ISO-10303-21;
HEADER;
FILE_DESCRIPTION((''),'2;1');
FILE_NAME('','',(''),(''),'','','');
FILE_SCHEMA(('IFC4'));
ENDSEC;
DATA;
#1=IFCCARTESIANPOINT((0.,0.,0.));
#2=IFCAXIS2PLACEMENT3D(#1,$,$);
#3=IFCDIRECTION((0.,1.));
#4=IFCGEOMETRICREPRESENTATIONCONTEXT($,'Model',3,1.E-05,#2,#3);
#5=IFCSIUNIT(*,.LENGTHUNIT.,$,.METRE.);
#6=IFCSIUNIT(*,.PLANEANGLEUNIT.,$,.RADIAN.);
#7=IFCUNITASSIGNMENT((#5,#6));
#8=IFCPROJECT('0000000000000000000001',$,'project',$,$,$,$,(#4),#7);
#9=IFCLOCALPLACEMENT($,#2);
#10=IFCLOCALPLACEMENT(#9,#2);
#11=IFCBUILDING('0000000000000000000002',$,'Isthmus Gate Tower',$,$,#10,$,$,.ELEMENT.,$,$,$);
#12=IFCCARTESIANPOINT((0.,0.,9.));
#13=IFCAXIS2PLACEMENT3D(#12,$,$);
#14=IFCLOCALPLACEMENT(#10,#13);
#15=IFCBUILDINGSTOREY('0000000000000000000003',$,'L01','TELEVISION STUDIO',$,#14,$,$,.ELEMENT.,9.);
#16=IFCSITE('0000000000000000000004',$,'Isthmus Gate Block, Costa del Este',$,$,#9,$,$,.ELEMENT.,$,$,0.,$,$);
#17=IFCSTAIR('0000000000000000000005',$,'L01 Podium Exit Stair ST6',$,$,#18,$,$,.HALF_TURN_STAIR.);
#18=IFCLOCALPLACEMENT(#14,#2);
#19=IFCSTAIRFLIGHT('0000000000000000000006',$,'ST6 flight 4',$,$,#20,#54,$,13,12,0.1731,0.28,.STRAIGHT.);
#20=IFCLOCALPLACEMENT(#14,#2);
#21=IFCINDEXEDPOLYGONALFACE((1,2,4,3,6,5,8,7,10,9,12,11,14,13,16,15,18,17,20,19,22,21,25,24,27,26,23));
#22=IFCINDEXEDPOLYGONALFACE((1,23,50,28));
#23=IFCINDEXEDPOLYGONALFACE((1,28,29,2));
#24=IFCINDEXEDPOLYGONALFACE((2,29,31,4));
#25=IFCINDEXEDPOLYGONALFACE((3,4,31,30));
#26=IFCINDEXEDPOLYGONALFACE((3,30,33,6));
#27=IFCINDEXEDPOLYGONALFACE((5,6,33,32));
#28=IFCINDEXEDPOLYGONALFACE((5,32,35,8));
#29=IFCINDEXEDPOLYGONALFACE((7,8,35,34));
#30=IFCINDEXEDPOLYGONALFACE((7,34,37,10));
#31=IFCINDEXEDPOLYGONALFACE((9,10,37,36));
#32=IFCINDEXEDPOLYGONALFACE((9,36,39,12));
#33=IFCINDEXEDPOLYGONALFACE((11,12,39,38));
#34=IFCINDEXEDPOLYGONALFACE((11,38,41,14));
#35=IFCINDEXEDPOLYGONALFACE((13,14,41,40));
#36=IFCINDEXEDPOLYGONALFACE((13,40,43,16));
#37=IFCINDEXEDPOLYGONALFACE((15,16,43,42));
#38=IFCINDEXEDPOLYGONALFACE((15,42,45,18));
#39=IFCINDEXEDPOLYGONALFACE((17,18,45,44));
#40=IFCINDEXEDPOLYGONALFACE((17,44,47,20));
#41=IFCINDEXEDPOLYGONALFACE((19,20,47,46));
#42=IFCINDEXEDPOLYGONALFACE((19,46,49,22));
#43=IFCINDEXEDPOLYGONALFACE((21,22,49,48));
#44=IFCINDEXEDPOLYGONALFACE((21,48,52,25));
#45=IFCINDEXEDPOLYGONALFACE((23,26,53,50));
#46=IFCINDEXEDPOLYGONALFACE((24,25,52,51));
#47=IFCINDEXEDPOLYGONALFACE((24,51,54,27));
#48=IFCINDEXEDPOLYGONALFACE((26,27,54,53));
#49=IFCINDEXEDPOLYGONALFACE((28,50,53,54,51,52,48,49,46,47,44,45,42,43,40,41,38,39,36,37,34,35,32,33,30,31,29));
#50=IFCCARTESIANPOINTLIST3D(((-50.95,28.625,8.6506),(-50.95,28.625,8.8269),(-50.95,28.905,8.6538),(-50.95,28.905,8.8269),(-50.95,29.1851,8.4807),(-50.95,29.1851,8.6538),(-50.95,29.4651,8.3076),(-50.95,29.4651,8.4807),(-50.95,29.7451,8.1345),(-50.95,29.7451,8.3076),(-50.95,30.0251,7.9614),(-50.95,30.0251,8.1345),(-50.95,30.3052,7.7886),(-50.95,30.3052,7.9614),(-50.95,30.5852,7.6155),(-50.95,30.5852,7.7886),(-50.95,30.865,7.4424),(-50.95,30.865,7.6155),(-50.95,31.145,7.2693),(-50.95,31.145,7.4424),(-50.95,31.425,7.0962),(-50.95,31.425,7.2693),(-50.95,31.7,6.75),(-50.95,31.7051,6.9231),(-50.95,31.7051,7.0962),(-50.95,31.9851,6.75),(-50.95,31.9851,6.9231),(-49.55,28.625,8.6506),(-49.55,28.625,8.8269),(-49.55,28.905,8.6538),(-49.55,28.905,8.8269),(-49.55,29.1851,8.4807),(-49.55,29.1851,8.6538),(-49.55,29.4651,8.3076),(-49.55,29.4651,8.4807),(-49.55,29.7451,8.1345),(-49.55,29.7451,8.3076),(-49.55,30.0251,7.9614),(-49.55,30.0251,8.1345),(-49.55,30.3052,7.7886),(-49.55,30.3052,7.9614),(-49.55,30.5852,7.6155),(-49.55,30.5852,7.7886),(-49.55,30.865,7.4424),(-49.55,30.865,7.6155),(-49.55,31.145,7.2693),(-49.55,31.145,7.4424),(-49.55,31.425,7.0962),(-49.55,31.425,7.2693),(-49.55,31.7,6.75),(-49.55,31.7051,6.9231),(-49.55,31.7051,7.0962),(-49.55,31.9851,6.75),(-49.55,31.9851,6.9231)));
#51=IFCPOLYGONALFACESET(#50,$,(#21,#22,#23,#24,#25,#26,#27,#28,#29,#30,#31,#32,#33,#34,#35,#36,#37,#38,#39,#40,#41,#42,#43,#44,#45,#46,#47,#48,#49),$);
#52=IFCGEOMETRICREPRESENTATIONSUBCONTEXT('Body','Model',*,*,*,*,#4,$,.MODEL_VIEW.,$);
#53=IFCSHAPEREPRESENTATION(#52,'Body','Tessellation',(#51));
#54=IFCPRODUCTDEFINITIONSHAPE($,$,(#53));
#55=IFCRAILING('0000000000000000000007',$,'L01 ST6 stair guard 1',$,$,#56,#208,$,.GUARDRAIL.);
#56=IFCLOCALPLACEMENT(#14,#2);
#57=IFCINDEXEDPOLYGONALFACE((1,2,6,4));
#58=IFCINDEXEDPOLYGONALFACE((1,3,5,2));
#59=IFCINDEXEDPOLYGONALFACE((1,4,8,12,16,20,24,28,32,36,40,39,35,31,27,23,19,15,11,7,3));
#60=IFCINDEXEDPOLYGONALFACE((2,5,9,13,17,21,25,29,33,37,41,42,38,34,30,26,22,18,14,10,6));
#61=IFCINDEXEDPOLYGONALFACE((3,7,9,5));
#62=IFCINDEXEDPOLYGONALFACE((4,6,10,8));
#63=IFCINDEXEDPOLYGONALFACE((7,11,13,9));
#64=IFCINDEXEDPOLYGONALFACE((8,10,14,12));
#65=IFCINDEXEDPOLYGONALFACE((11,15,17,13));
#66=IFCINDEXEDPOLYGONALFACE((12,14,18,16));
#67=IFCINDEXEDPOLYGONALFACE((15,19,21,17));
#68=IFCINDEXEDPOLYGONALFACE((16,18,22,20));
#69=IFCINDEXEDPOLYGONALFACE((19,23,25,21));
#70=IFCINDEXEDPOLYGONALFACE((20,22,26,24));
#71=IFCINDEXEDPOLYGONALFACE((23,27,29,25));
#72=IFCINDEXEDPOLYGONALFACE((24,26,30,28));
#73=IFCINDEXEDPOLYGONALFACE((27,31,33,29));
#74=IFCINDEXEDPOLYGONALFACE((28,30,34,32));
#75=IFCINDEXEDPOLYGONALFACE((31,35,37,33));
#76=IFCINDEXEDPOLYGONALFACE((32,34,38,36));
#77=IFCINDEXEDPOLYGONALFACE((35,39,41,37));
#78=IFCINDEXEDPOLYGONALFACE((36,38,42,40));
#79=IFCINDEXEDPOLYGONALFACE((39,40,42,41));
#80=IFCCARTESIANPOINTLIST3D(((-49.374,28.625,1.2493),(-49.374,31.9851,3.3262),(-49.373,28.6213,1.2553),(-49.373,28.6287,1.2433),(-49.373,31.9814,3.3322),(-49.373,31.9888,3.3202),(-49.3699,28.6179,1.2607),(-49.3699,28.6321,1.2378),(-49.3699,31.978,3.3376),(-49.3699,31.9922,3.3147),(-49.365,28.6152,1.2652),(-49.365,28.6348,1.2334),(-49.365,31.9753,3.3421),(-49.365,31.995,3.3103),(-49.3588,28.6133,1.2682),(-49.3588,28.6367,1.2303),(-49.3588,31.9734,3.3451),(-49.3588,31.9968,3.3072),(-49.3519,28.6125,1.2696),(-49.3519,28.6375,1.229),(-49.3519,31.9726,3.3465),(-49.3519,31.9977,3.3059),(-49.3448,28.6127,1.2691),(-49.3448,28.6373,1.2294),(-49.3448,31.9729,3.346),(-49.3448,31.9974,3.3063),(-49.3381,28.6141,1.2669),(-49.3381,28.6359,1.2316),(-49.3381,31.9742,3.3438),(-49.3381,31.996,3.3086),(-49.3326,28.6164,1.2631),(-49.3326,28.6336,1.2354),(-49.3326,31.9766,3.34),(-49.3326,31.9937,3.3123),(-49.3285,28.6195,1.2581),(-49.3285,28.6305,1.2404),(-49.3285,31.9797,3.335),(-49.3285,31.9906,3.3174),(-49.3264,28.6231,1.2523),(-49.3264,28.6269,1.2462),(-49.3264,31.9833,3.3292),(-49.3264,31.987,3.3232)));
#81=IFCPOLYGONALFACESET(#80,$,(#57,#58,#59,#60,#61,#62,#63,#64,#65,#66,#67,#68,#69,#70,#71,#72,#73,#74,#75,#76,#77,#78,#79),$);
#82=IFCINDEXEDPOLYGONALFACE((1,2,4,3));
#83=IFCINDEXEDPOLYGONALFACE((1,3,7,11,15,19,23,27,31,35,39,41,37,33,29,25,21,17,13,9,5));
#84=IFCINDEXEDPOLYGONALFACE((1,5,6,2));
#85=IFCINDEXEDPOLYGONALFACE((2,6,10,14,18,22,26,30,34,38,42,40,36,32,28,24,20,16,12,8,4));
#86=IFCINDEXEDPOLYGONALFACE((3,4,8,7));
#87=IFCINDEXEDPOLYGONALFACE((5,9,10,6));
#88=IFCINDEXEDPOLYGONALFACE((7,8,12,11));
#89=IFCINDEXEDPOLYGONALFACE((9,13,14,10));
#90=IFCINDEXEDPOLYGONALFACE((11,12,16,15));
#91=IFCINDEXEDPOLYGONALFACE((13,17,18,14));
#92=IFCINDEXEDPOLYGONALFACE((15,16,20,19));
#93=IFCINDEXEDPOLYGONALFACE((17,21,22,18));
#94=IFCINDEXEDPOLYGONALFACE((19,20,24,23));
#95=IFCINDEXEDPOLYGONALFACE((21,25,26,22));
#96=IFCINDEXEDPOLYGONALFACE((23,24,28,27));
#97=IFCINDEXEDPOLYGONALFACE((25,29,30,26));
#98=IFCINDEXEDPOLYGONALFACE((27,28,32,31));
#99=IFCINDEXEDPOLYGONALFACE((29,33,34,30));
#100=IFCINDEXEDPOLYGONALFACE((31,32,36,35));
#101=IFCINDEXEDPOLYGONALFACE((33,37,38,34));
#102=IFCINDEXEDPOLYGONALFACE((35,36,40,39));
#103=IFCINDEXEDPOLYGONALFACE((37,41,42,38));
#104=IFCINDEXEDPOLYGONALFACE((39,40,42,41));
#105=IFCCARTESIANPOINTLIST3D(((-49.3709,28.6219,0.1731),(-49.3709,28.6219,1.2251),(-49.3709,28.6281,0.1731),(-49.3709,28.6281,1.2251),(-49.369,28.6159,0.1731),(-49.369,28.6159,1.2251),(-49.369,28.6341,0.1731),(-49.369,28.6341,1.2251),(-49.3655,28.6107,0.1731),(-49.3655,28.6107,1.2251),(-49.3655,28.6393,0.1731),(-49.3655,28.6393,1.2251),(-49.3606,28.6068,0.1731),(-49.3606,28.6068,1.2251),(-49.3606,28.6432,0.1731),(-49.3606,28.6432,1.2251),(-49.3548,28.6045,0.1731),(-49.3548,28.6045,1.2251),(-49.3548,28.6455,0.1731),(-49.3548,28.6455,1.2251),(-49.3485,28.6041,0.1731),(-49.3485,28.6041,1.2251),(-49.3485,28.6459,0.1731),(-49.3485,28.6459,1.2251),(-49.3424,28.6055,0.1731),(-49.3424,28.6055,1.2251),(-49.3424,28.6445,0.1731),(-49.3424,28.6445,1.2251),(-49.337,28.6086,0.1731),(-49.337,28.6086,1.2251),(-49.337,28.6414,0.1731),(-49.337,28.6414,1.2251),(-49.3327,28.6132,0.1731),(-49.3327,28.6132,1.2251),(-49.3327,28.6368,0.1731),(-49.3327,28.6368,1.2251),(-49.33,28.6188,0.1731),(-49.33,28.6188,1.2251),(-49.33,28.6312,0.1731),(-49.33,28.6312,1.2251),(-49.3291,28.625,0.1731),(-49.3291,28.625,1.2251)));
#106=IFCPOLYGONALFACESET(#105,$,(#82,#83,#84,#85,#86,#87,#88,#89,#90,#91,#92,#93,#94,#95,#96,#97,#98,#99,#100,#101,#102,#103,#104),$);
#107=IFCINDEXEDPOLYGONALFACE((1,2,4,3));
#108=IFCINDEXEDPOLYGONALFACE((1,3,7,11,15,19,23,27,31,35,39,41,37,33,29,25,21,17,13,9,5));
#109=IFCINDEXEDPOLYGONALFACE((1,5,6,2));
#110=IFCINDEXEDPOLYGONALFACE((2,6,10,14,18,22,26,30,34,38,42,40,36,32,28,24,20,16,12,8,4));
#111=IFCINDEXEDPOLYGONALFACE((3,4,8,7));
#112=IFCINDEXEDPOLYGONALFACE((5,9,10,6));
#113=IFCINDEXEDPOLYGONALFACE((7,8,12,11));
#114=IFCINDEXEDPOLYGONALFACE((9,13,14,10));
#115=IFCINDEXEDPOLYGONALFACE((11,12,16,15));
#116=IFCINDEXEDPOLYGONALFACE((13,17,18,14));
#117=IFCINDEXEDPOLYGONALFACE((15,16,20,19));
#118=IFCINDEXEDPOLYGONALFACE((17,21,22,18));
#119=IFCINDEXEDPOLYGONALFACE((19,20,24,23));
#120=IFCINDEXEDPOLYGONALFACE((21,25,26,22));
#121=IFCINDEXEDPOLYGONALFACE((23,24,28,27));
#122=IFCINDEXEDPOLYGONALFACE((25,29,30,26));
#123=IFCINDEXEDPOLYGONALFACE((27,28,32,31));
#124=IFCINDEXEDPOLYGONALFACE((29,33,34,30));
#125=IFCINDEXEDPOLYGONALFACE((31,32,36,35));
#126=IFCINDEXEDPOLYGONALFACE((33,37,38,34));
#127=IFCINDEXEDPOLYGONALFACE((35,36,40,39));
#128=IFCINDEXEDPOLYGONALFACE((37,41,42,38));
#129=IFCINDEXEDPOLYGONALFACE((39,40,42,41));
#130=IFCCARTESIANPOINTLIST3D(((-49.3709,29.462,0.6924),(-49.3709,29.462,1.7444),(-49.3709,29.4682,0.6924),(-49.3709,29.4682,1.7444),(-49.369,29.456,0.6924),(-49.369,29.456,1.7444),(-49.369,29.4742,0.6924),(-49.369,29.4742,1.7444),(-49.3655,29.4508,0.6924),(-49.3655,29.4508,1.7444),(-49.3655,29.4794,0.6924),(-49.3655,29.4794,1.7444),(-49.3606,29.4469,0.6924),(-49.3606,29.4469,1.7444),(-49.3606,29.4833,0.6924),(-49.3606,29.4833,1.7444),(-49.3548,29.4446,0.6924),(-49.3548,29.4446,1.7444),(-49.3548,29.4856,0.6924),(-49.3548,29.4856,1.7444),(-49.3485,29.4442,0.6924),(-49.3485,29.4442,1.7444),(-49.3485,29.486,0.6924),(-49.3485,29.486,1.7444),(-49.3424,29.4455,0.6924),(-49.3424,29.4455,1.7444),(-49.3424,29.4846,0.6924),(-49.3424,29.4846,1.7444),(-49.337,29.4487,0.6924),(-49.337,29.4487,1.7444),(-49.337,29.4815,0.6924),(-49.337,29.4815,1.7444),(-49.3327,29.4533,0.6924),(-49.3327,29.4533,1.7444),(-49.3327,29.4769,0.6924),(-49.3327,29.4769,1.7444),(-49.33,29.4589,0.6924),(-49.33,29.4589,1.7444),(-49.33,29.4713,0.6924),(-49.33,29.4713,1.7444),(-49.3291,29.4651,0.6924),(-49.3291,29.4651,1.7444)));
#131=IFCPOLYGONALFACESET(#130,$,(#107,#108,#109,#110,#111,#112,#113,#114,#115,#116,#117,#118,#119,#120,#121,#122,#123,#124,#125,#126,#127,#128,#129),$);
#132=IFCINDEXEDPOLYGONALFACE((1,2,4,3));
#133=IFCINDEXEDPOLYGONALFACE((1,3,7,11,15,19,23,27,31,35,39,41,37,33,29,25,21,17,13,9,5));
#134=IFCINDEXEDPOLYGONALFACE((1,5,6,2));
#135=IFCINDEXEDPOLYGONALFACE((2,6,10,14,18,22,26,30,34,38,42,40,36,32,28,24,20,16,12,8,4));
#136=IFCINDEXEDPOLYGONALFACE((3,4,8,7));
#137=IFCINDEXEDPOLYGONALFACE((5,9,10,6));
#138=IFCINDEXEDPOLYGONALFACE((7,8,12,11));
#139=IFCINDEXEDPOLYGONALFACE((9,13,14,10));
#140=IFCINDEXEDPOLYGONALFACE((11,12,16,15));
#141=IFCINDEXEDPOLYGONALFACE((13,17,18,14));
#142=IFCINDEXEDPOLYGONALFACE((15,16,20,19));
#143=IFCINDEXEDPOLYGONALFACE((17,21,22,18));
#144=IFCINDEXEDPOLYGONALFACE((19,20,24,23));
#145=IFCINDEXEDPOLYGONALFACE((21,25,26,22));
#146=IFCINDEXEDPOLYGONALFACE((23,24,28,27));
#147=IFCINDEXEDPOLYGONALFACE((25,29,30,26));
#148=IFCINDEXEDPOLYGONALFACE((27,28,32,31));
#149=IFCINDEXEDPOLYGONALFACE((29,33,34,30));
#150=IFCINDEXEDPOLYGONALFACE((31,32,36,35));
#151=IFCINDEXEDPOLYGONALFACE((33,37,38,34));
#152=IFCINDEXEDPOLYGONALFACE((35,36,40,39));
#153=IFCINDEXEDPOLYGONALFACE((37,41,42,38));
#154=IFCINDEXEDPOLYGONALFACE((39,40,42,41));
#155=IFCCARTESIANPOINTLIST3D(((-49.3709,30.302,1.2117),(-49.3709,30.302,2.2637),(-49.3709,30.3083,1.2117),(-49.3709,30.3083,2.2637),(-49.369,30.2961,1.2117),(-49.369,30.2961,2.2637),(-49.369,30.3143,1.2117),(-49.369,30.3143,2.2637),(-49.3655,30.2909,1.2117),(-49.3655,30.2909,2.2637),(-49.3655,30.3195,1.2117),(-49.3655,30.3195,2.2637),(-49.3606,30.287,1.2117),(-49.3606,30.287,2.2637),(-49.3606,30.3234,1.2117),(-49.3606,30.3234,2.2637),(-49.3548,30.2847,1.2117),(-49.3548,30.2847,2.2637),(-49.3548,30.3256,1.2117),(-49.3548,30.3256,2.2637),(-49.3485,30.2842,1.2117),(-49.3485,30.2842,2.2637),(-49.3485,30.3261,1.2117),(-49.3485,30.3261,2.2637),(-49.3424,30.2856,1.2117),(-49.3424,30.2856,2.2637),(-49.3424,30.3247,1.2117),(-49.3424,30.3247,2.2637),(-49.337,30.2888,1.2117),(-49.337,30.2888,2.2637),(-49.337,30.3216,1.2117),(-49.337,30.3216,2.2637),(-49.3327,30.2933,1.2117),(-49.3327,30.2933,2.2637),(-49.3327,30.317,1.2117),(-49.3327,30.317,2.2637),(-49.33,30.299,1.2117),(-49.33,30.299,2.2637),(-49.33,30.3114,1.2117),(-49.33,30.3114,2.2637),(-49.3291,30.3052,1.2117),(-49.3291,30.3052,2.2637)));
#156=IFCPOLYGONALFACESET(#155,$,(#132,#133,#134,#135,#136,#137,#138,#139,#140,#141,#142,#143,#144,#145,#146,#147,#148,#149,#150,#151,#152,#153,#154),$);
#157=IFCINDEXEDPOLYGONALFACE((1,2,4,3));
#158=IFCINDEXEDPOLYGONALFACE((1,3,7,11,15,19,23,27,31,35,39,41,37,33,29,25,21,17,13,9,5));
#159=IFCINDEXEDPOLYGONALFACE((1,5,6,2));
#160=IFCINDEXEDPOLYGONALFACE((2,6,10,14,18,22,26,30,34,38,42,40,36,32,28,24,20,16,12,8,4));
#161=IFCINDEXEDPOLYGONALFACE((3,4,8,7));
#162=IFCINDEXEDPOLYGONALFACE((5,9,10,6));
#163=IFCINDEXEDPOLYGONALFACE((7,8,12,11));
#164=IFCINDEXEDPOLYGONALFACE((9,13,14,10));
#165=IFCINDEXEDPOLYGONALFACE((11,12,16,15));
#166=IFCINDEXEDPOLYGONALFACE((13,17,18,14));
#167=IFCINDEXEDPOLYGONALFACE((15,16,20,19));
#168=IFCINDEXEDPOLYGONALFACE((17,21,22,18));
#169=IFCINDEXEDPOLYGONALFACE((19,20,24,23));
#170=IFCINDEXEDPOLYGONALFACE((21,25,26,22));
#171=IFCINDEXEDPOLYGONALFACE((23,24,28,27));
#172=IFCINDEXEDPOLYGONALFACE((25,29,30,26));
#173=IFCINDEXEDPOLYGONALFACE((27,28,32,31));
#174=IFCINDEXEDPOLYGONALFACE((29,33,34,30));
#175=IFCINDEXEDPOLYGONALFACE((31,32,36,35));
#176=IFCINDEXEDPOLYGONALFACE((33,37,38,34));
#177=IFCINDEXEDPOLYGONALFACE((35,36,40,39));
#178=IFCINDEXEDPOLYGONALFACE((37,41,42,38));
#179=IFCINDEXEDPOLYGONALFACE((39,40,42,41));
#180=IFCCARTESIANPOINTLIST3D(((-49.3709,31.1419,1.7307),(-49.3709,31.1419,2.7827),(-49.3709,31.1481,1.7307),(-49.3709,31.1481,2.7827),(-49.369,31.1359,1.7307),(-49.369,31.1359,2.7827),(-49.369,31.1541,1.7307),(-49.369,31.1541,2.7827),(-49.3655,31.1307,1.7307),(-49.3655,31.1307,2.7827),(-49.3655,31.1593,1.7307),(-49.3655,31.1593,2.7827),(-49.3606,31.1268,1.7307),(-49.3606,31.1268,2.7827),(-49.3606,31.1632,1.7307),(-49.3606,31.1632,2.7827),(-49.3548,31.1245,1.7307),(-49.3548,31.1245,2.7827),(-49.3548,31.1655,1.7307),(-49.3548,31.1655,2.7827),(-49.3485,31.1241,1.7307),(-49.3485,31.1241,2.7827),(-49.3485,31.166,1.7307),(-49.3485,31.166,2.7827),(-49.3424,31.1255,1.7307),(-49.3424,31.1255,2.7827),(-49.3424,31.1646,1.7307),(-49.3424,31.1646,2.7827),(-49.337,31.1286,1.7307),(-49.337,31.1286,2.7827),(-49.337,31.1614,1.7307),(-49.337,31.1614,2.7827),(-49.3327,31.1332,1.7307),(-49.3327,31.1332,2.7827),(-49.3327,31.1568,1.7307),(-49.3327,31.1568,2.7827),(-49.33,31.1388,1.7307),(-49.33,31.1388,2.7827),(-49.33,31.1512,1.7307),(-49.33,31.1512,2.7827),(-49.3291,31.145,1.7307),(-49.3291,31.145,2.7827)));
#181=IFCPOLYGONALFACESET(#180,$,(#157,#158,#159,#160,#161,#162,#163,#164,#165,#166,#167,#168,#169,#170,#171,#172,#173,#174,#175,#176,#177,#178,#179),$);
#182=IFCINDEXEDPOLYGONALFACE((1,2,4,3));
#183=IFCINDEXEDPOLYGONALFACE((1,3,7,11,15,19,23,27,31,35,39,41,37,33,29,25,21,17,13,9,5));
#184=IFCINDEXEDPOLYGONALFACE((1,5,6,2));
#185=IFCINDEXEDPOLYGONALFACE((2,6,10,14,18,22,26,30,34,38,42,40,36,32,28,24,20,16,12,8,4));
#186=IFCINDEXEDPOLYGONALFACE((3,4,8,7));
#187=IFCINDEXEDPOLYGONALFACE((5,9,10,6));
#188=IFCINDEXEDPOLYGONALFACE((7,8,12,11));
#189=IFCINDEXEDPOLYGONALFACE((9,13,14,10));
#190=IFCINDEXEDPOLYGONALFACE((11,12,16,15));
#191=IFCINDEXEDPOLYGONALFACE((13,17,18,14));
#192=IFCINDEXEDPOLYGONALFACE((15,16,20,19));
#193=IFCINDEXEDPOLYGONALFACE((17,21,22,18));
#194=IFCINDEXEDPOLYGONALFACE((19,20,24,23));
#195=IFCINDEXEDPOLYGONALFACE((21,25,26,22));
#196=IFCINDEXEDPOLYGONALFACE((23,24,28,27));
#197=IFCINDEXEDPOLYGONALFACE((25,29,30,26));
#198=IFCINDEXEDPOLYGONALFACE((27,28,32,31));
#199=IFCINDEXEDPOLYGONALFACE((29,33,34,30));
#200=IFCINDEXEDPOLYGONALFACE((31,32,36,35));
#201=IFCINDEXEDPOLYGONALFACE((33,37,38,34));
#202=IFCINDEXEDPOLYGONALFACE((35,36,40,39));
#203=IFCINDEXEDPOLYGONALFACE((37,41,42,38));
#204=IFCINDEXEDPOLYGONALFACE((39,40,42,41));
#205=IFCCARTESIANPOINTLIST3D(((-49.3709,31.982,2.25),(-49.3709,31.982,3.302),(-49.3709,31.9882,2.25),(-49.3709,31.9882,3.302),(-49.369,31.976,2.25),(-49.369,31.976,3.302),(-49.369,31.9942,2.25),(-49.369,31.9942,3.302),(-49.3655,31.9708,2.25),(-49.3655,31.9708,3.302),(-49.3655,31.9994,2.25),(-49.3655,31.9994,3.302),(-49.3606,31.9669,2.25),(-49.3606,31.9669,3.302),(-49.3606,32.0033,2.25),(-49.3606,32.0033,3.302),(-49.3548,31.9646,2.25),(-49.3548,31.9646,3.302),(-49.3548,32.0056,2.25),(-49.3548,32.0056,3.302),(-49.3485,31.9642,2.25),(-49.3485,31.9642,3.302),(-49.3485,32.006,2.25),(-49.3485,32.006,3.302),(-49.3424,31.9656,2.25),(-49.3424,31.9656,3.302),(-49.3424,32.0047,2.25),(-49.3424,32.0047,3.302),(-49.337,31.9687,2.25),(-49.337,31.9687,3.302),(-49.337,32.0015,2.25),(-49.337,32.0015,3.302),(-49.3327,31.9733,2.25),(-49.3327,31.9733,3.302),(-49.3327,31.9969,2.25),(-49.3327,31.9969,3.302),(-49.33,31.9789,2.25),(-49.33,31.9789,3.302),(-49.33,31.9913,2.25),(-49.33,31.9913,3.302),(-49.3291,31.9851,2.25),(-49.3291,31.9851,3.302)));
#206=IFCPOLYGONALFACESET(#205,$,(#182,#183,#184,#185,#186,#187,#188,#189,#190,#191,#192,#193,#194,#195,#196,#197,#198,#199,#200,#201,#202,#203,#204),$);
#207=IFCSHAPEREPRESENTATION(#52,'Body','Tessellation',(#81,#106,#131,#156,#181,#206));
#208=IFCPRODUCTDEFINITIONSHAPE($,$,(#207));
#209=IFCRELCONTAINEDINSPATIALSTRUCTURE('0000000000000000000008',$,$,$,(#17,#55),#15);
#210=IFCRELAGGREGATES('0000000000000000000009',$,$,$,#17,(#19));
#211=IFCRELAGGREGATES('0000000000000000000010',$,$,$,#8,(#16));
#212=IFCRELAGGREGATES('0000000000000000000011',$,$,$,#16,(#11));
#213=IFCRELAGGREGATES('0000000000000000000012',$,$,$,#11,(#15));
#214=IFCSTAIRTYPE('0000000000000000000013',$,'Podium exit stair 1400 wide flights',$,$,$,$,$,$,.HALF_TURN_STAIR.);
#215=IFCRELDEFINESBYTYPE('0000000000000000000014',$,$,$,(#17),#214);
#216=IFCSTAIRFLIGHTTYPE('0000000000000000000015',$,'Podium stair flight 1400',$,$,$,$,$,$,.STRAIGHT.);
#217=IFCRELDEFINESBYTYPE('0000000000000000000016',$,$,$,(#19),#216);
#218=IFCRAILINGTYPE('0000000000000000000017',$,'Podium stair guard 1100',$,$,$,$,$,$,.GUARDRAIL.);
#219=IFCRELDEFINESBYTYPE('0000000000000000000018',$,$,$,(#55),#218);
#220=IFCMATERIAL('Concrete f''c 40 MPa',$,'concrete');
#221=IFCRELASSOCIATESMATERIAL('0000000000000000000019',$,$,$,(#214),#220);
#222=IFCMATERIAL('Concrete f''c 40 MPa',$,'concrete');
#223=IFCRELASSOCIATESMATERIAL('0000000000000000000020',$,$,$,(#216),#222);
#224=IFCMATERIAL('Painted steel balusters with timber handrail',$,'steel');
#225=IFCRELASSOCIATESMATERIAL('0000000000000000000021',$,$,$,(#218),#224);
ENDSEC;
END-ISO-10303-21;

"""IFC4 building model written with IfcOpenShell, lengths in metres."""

from ifc_helpers import new_model, si_unit, direction, frame, origin, origin_2d, place, context, subcontext, project, spatial, polyline, circle, outline, extrude, material, type_object, element, aggregate, save


model = new_model("IFC4")

# Units and contexts
model_context = context("Model", 3, precision=1e-05, world=origin(), true_north=direction((0.0, 1.0)))
body_context = subcontext(model_context, "Body", "Model", "MODEL_VIEW")
ifc_project = project(units=[si_unit("LENGTHUNIT", "METRE"), si_unit("PLANEANGLEUNIT", "RADIAN")], contexts=[model_context])

# Site, building, storey
site_placement = place(None, origin())
site = spatial("IfcSite", under=ifc_project, at=site_placement, Name="Isthmus Gate Block, Costa del Este", CompositionType="ELEMENT", RefElevation=0.0)
building_placement = place(site_placement, origin())
building = spatial("IfcBuilding", under=site, at=building_placement, Name="Isthmus Gate Tower", CompositionType="ELEMENT")
storey_placement = place(building_placement, frame((0.0, 0.0, 9.0)))
storey = spatial("IfcBuildingStorey", under=building, at=storey_placement, Name="L01", Description="TELEVISION STUDIO", CompositionType="ELEMENT", Elevation=9.0)

# Stair, stair flight
ifc_material_1 = material(Name="Concrete f'c 40 MPa", Category="concrete")
stair_type = type_object("IfcStairType", Name="Podium exit stair 1400 wide flights", PredefinedType="HALF_TURN_STAIR", material=ifc_material_1)
stair_placement = place(storey_placement, origin())
stair = element("IfcStair", 1, at=stair_placement, inside=storey, type_object=stair_type, Name="L01 Podium Exit Stair ST6", PredefinedType="HALF_TURN_STAIR")
ifc_material_2 = material(Name="Concrete f'c 40 MPa", Category="concrete")
stair_flight_type = type_object("IfcStairFlightType", Name="Podium stair flight 1400", PredefinedType="STRAIGHT", material=ifc_material_2)
stair_flight_1_placement = place(storey_placement, frame((-50.25, 31.9851, 6.75), z_axis=(0.0, 0.0, 1.0), x_axis=(0.0, -1.0, 0.0)))
stair_flight_1 = element("IfcStairFlight", 2, at=stair_flight_1_placement, type_object=stair_flight_type, Name="ST6 flight 4", NumberOfRisers=13, NumberOfTreads=12, PredefinedType="STRAIGHT", RiserHeight=0.1731, TreadLength=0.28, context=body_context, shape_type="SweptSolid", body=[
    extrude(outline(polyline([(0.0, 0.0), (0.0, 0.1731), (0.28, 0.1731), (0.28, 0.3462), (0.5601, 0.3462), (0.5601, 0.5193), (0.8401, 0.5193), (0.8401, 0.6924), (1.1201, 0.6924), (1.1201, 0.8655), (1.3999, 0.8655), (1.3999, 1.0386), (1.6799, 1.0386), (1.6799, 1.2114), (1.96, 1.2114), (1.96, 1.3845), (2.24, 1.3845), (2.24, 1.5576), (2.52, 1.5576), (2.52, 1.7307), (2.8, 1.7307), (2.8, 1.9038), (3.0801, 1.9038), (3.0801, 2.0769), (3.3601, 2.0769), (3.3601, 2.25), (3.3601, 1.9006), (0.2852, 0.0), (0.0, 0.0)])), frame((0.0, 0.7, 0.0), z_axis=(0.0, -1.0, 0.0), x_axis=(1.0, 0.0, 0.0)), (0.0, 0.0, 1.0), 1.3999),
])
aggregate(stair, [stair_flight_1])

# Railing
ifc_material_3 = material(Name="Painted steel balusters with timber handrail", Category="steel")
railing_type_1 = type_object("IfcRailingType", Name="Podium stair guard 1100", PredefinedType="GUARDRAIL", material=ifc_material_3)
railing_1_placement = place(storey_placement, frame((-49.3501, 28.625, 0.1731)))
element("IfcRailing", 3, at=railing_1_placement, inside=storey, type_object=railing_type_1, Name="L01 ST6 stair guard 1", PredefinedType="GUARDRAIL", context=body_context, shape_type="SweptSolid", body=[
    extrude(circle(Radius=0.0239, at=origin_2d()), frame((0.0, 0.0, 1.0762), z_axis=(0.0, 0.850623, 0.525776), x_axis=(-1.0, 0.0, 0.0)), (0.0, 0.0, 1.0), 3.9502),
    extrude(circle(Radius=0.021, at=origin_2d()), origin(), (0.0, 0.0, 1.0), 1.052),
    extrude(circle(Radius=0.021, at=origin_2d()), frame((0.0, 0.8401, 0.5193)), (0.0, 0.0, 1.0), 1.052),
    extrude(circle(Radius=0.021, at=origin_2d()), frame((0.0, 1.6802, 1.0386)), (0.0, 0.0, 1.0), 1.052),
    extrude(circle(Radius=0.021, at=origin_2d()), frame((0.0, 2.52, 1.5576)), (0.0, 0.0, 1.0), 1.052),
    extrude(circle(Radius=0.021, at=origin_2d()), frame((0.0, 3.3601, 2.0769)), (0.0, 0.0, 1.0), 1.052),
])

save(model, "model.ifc")
